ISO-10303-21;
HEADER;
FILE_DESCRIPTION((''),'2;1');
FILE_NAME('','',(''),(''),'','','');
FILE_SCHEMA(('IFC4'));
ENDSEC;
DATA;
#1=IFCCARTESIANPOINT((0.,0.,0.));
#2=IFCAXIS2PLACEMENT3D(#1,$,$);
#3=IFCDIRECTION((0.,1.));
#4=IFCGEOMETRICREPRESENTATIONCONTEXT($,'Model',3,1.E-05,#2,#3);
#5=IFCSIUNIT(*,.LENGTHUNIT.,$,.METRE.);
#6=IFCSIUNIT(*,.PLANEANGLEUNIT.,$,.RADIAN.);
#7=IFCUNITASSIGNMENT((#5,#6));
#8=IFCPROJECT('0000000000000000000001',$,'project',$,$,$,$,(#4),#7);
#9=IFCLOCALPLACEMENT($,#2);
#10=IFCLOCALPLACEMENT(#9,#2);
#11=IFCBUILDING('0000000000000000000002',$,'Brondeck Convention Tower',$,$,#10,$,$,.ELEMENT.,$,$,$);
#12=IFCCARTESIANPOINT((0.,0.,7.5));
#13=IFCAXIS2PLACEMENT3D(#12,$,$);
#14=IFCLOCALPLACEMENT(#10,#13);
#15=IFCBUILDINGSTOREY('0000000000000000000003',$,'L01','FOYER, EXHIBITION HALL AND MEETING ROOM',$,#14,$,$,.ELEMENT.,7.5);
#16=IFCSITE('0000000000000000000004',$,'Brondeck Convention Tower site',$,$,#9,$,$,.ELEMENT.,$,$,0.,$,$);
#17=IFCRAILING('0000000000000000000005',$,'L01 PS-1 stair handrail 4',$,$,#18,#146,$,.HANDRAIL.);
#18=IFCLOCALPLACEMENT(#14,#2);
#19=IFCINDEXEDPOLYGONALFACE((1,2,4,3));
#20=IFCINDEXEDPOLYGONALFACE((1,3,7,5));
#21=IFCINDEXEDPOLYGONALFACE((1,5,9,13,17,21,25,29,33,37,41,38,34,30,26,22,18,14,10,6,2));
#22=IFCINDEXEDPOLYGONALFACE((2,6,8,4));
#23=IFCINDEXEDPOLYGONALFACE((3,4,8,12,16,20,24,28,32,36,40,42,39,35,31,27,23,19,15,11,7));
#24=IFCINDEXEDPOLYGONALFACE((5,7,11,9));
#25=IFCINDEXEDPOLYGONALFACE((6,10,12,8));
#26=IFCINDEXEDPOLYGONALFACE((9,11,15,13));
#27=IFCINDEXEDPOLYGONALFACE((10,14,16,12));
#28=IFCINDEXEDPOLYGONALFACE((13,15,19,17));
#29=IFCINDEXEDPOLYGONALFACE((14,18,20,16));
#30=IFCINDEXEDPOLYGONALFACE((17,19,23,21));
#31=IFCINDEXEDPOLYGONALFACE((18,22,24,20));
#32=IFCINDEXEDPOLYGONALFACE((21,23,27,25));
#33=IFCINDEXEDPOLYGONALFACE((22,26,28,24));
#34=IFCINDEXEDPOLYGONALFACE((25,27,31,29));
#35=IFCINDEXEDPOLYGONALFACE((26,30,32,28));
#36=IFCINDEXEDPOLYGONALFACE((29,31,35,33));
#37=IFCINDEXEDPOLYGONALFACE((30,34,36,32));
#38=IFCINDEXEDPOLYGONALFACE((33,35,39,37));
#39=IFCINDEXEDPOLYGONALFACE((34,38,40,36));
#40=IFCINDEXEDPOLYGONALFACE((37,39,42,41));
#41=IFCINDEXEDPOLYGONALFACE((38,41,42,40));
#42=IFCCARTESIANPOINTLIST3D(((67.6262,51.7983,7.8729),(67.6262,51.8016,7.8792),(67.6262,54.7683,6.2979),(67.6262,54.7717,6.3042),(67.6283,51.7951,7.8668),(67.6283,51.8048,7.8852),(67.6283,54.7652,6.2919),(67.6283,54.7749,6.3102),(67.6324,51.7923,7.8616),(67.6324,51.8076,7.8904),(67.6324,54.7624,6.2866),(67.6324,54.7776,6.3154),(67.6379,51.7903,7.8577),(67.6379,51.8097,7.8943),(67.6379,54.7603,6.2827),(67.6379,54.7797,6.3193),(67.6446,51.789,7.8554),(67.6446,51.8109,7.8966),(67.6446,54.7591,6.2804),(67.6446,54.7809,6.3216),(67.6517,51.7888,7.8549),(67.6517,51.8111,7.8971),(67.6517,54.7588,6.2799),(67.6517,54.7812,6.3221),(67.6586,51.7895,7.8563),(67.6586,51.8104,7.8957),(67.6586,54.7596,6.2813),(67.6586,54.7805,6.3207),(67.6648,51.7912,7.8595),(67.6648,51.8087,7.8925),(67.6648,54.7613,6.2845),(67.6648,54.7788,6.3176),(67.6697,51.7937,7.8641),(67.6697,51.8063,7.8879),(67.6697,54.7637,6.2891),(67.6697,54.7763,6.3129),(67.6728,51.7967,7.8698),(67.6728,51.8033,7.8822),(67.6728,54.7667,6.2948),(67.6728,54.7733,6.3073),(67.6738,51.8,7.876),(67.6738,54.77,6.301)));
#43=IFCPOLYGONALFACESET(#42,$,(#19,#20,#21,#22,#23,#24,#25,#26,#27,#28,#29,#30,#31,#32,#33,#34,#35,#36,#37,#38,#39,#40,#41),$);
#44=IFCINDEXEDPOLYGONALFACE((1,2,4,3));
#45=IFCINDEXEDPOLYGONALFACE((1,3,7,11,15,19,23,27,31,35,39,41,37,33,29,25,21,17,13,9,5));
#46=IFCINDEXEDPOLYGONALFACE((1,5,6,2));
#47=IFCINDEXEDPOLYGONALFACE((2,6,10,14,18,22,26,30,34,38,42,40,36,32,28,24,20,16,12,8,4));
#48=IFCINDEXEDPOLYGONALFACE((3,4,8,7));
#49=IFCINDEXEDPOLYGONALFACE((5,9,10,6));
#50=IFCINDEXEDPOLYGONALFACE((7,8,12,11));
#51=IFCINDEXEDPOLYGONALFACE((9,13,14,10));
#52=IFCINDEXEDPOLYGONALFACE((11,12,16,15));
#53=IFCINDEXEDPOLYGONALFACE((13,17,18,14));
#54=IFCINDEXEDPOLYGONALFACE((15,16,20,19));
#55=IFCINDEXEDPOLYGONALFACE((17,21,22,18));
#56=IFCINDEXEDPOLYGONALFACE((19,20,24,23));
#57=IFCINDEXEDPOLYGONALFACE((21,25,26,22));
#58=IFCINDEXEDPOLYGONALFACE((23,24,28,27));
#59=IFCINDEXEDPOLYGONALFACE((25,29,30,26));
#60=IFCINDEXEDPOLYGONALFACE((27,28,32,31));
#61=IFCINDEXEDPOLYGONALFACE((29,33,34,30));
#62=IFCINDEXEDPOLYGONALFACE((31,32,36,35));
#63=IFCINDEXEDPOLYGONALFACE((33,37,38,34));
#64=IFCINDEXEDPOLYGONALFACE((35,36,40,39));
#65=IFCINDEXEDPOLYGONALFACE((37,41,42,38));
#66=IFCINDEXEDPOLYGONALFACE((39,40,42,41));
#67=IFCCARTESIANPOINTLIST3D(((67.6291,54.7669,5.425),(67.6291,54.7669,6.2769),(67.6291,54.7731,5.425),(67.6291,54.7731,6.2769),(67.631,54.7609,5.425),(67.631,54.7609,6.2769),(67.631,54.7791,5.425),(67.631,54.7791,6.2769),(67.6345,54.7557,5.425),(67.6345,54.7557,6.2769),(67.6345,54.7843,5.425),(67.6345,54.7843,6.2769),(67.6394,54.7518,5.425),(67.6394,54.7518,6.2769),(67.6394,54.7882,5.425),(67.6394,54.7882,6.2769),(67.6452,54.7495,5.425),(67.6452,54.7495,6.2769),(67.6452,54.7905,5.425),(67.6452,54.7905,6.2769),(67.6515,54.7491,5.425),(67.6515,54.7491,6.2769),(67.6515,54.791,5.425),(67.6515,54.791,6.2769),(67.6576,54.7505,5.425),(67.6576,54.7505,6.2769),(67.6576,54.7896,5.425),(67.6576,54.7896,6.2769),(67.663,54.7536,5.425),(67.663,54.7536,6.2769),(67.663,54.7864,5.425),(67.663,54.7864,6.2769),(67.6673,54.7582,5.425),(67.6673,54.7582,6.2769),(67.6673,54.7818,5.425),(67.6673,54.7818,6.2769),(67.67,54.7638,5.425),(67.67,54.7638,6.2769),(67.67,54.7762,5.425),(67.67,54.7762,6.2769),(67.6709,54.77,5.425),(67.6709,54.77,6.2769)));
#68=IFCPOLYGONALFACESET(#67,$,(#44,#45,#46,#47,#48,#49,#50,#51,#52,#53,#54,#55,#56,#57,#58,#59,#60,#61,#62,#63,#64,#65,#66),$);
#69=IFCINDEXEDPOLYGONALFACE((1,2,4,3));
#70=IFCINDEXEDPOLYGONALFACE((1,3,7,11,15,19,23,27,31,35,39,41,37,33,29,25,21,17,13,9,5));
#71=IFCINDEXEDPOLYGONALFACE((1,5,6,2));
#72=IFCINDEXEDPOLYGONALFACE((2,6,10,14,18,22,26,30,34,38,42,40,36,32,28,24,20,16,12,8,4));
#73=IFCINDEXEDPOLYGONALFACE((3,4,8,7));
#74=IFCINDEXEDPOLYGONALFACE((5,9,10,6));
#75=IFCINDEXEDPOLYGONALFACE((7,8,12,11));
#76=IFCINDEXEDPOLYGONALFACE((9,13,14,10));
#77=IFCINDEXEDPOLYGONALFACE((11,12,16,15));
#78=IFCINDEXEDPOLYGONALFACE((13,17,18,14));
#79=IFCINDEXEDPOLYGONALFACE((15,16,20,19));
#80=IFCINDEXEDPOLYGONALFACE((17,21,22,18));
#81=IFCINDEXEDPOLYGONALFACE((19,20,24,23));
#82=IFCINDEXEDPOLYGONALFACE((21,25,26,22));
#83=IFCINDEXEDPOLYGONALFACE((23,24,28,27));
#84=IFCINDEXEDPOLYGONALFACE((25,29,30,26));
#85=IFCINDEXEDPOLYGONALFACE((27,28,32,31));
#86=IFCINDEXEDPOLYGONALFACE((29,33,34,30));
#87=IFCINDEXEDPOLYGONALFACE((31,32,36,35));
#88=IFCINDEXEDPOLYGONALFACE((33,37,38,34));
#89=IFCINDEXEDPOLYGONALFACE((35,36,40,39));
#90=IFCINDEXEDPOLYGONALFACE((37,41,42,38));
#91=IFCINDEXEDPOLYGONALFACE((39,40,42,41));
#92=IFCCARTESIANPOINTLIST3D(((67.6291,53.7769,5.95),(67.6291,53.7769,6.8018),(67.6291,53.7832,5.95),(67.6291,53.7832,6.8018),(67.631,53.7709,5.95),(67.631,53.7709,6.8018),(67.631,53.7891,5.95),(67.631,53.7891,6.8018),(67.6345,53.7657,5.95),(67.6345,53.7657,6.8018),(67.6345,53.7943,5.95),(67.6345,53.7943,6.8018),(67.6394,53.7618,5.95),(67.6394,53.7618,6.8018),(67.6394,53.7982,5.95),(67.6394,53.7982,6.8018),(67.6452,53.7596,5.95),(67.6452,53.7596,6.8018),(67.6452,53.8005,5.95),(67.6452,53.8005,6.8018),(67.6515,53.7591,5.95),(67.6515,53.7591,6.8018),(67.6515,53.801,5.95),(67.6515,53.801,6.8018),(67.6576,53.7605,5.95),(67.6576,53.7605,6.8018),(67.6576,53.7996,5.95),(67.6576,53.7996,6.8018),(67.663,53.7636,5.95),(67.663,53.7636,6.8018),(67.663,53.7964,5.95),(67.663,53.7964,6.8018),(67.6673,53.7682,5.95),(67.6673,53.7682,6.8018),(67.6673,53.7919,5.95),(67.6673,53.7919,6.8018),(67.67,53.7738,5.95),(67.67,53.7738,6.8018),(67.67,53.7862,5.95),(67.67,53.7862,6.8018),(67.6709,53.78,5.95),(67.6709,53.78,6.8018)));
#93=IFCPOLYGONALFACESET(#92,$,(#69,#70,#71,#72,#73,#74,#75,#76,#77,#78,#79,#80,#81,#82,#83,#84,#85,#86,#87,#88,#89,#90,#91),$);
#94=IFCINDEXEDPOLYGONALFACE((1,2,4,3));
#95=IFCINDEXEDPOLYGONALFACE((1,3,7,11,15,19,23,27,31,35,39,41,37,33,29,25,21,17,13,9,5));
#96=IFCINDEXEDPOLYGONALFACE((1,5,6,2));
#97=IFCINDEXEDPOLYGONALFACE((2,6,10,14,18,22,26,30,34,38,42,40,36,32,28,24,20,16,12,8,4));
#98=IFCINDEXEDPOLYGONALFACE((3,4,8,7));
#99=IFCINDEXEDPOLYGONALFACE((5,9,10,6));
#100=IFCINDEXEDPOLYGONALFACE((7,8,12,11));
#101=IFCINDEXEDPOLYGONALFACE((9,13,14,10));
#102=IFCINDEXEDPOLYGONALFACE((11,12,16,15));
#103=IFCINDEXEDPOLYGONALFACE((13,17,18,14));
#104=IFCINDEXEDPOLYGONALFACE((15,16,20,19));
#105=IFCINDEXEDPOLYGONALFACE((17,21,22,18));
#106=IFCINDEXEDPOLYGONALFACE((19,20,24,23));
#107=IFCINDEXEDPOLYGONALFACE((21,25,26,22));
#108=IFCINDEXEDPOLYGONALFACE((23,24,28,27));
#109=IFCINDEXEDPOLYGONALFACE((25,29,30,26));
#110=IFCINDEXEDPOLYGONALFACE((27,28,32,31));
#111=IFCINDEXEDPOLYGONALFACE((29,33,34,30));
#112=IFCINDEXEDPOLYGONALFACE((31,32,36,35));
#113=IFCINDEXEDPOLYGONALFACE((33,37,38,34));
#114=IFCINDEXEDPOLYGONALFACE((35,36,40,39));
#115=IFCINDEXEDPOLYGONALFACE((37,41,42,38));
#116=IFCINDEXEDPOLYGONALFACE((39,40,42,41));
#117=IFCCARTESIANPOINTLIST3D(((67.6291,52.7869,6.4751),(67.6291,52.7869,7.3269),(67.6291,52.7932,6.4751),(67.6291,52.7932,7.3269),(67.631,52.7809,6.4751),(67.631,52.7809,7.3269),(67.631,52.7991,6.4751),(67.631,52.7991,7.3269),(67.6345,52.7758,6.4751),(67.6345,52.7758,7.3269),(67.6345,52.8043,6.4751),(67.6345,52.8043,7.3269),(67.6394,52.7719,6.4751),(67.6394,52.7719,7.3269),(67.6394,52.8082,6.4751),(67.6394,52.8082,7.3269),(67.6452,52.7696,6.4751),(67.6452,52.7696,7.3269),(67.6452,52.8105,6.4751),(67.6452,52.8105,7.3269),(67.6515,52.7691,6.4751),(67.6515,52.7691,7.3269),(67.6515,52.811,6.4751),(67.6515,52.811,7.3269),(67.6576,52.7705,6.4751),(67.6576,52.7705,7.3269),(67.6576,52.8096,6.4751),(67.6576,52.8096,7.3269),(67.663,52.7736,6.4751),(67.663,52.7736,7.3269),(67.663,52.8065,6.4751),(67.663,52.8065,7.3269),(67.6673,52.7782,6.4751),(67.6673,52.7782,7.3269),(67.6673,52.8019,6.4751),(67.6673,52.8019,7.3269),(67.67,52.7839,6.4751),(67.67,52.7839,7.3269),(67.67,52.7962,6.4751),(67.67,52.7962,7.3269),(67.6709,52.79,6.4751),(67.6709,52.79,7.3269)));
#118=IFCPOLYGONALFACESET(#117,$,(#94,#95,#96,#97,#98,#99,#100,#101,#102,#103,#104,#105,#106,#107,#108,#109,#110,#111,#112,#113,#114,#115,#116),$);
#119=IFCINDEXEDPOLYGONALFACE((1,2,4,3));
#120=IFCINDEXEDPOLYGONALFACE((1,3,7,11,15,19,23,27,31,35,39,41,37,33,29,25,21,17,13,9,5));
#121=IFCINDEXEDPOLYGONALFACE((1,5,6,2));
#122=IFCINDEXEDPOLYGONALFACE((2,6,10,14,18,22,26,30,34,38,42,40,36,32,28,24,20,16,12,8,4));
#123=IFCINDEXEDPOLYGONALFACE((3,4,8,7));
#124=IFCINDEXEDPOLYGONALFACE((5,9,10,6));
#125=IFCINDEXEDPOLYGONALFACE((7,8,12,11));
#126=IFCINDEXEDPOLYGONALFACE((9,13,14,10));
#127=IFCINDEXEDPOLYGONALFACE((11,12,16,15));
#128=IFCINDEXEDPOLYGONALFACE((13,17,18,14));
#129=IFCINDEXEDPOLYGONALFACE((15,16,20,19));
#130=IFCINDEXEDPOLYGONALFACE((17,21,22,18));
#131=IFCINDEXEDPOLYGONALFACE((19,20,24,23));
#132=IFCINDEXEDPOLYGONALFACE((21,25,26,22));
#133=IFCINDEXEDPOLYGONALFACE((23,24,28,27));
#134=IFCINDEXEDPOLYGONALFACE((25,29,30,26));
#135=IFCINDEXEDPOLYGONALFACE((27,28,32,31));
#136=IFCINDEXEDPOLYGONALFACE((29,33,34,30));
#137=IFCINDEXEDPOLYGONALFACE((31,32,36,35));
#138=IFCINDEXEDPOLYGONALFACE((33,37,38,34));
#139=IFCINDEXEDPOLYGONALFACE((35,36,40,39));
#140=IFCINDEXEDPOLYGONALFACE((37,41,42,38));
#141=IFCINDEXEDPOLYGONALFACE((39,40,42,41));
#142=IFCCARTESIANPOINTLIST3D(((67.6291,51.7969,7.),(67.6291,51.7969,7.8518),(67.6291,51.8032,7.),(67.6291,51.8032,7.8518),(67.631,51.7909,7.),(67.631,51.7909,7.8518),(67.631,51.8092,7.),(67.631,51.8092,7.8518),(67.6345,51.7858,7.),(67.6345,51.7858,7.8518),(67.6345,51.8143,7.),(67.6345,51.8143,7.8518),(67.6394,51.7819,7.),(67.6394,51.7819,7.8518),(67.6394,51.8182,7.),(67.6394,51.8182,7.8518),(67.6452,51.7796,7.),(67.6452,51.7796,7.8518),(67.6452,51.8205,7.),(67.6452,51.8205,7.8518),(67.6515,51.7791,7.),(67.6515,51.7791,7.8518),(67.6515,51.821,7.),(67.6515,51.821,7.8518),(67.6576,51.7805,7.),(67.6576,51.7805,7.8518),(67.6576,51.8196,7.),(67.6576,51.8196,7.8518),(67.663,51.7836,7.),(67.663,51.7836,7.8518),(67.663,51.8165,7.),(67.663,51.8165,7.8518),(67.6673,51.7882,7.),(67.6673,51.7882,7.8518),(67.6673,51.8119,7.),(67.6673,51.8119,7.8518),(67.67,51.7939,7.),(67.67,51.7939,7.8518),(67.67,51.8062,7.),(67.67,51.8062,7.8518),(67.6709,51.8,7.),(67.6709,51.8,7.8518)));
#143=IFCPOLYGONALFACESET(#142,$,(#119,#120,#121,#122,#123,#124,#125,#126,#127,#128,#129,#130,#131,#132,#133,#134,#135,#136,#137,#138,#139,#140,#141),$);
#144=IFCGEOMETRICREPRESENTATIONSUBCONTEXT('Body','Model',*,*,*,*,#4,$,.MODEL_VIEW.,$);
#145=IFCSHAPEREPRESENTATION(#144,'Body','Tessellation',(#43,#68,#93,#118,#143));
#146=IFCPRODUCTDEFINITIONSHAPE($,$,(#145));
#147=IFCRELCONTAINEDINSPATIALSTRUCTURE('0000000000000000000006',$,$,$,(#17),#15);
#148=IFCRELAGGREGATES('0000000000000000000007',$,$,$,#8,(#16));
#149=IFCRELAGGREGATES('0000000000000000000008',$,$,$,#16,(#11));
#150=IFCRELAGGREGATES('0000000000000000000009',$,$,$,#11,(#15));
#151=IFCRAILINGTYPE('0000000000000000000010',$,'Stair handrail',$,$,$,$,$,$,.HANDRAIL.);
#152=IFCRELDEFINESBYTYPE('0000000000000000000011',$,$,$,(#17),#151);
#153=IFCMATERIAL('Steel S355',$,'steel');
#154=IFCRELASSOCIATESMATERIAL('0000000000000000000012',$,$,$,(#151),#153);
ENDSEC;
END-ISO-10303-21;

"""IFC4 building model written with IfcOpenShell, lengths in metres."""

from ifc_helpers import new_model, si_unit, direction, frame, origin, origin_2d, place, context, subcontext, project, spatial, circle, extrude, material, type_object, element, save


model = new_model("IFC4")

# Units and contexts
model_context = context("Model", 3, precision=1e-05, world=origin(), true_north=direction((0.0, 1.0)))
body_context = subcontext(model_context, "Body", "Model", "MODEL_VIEW")
ifc_project = project(units=[si_unit("LENGTHUNIT", "METRE"), si_unit("PLANEANGLEUNIT", "RADIAN")], contexts=[model_context])

# Site, building, storey
site_placement = place(None, origin())
site = spatial("IfcSite", under=ifc_project, at=site_placement, Name="Brondeck Convention Tower site", CompositionType="ELEMENT", RefElevation=0.0)
building_placement = place(site_placement, origin())
building = spatial("IfcBuilding", under=site, at=building_placement, Name="Brondeck Convention Tower", CompositionType="ELEMENT")
storey_placement = place(building_placement, frame((0.0, 0.0, 7.5)))
storey = spatial("IfcBuildingStorey", under=building, at=storey_placement, Name="L01", Description="FOYER, EXHIBITION HALL AND MEETING ROOM", CompositionType="ELEMENT", Elevation=7.5)

# Railing
ifc_material_1 = material(Name="Steel S355", Category="steel")
railing_type_1 = type_object("IfcRailingType", Name="Stair handrail", PredefinedType="HANDRAIL", material=ifc_material_1)
railing_1_placement = place(storey_placement, frame((67.6499, 54.77, 5.425)))
element("IfcRailing", 1, at=railing_1_placement, inside=storey, type_object=railing_type_1, Name="L01 PS-1 stair handrail 4", PredefinedType="HANDRAIL", context=body_context, shape_type="SweptSolid", body=[
    extrude(circle(Radius=0.0239, at=origin_2d()), frame((0.0, 0.0, 0.876), z_axis=(0.0, -0.883466, 0.468495), x_axis=(1.0, 0.0, 0.0)), (0.0, 0.0, 1.0), 3.3618),
    extrude(circle(Radius=0.021, at=origin_2d()), origin(), (0.0, 0.0, 1.0), 0.8518),
    extrude(circle(Radius=0.021, at=origin_2d()), frame((0.0, -0.99, 0.5249)), (0.0, 0.0, 1.0), 0.8518),
    extrude(circle(Radius=0.021, at=origin_2d()), frame((0.0, -1.98, 1.05)), (0.0, 0.0, 1.0), 0.8518),
    extrude(circle(Radius=0.021, at=origin_2d()), frame((0.0, -2.97, 1.575)), (0.0, 0.0, 1.0), 0.8518),
])

save(model, "model.ifc")
